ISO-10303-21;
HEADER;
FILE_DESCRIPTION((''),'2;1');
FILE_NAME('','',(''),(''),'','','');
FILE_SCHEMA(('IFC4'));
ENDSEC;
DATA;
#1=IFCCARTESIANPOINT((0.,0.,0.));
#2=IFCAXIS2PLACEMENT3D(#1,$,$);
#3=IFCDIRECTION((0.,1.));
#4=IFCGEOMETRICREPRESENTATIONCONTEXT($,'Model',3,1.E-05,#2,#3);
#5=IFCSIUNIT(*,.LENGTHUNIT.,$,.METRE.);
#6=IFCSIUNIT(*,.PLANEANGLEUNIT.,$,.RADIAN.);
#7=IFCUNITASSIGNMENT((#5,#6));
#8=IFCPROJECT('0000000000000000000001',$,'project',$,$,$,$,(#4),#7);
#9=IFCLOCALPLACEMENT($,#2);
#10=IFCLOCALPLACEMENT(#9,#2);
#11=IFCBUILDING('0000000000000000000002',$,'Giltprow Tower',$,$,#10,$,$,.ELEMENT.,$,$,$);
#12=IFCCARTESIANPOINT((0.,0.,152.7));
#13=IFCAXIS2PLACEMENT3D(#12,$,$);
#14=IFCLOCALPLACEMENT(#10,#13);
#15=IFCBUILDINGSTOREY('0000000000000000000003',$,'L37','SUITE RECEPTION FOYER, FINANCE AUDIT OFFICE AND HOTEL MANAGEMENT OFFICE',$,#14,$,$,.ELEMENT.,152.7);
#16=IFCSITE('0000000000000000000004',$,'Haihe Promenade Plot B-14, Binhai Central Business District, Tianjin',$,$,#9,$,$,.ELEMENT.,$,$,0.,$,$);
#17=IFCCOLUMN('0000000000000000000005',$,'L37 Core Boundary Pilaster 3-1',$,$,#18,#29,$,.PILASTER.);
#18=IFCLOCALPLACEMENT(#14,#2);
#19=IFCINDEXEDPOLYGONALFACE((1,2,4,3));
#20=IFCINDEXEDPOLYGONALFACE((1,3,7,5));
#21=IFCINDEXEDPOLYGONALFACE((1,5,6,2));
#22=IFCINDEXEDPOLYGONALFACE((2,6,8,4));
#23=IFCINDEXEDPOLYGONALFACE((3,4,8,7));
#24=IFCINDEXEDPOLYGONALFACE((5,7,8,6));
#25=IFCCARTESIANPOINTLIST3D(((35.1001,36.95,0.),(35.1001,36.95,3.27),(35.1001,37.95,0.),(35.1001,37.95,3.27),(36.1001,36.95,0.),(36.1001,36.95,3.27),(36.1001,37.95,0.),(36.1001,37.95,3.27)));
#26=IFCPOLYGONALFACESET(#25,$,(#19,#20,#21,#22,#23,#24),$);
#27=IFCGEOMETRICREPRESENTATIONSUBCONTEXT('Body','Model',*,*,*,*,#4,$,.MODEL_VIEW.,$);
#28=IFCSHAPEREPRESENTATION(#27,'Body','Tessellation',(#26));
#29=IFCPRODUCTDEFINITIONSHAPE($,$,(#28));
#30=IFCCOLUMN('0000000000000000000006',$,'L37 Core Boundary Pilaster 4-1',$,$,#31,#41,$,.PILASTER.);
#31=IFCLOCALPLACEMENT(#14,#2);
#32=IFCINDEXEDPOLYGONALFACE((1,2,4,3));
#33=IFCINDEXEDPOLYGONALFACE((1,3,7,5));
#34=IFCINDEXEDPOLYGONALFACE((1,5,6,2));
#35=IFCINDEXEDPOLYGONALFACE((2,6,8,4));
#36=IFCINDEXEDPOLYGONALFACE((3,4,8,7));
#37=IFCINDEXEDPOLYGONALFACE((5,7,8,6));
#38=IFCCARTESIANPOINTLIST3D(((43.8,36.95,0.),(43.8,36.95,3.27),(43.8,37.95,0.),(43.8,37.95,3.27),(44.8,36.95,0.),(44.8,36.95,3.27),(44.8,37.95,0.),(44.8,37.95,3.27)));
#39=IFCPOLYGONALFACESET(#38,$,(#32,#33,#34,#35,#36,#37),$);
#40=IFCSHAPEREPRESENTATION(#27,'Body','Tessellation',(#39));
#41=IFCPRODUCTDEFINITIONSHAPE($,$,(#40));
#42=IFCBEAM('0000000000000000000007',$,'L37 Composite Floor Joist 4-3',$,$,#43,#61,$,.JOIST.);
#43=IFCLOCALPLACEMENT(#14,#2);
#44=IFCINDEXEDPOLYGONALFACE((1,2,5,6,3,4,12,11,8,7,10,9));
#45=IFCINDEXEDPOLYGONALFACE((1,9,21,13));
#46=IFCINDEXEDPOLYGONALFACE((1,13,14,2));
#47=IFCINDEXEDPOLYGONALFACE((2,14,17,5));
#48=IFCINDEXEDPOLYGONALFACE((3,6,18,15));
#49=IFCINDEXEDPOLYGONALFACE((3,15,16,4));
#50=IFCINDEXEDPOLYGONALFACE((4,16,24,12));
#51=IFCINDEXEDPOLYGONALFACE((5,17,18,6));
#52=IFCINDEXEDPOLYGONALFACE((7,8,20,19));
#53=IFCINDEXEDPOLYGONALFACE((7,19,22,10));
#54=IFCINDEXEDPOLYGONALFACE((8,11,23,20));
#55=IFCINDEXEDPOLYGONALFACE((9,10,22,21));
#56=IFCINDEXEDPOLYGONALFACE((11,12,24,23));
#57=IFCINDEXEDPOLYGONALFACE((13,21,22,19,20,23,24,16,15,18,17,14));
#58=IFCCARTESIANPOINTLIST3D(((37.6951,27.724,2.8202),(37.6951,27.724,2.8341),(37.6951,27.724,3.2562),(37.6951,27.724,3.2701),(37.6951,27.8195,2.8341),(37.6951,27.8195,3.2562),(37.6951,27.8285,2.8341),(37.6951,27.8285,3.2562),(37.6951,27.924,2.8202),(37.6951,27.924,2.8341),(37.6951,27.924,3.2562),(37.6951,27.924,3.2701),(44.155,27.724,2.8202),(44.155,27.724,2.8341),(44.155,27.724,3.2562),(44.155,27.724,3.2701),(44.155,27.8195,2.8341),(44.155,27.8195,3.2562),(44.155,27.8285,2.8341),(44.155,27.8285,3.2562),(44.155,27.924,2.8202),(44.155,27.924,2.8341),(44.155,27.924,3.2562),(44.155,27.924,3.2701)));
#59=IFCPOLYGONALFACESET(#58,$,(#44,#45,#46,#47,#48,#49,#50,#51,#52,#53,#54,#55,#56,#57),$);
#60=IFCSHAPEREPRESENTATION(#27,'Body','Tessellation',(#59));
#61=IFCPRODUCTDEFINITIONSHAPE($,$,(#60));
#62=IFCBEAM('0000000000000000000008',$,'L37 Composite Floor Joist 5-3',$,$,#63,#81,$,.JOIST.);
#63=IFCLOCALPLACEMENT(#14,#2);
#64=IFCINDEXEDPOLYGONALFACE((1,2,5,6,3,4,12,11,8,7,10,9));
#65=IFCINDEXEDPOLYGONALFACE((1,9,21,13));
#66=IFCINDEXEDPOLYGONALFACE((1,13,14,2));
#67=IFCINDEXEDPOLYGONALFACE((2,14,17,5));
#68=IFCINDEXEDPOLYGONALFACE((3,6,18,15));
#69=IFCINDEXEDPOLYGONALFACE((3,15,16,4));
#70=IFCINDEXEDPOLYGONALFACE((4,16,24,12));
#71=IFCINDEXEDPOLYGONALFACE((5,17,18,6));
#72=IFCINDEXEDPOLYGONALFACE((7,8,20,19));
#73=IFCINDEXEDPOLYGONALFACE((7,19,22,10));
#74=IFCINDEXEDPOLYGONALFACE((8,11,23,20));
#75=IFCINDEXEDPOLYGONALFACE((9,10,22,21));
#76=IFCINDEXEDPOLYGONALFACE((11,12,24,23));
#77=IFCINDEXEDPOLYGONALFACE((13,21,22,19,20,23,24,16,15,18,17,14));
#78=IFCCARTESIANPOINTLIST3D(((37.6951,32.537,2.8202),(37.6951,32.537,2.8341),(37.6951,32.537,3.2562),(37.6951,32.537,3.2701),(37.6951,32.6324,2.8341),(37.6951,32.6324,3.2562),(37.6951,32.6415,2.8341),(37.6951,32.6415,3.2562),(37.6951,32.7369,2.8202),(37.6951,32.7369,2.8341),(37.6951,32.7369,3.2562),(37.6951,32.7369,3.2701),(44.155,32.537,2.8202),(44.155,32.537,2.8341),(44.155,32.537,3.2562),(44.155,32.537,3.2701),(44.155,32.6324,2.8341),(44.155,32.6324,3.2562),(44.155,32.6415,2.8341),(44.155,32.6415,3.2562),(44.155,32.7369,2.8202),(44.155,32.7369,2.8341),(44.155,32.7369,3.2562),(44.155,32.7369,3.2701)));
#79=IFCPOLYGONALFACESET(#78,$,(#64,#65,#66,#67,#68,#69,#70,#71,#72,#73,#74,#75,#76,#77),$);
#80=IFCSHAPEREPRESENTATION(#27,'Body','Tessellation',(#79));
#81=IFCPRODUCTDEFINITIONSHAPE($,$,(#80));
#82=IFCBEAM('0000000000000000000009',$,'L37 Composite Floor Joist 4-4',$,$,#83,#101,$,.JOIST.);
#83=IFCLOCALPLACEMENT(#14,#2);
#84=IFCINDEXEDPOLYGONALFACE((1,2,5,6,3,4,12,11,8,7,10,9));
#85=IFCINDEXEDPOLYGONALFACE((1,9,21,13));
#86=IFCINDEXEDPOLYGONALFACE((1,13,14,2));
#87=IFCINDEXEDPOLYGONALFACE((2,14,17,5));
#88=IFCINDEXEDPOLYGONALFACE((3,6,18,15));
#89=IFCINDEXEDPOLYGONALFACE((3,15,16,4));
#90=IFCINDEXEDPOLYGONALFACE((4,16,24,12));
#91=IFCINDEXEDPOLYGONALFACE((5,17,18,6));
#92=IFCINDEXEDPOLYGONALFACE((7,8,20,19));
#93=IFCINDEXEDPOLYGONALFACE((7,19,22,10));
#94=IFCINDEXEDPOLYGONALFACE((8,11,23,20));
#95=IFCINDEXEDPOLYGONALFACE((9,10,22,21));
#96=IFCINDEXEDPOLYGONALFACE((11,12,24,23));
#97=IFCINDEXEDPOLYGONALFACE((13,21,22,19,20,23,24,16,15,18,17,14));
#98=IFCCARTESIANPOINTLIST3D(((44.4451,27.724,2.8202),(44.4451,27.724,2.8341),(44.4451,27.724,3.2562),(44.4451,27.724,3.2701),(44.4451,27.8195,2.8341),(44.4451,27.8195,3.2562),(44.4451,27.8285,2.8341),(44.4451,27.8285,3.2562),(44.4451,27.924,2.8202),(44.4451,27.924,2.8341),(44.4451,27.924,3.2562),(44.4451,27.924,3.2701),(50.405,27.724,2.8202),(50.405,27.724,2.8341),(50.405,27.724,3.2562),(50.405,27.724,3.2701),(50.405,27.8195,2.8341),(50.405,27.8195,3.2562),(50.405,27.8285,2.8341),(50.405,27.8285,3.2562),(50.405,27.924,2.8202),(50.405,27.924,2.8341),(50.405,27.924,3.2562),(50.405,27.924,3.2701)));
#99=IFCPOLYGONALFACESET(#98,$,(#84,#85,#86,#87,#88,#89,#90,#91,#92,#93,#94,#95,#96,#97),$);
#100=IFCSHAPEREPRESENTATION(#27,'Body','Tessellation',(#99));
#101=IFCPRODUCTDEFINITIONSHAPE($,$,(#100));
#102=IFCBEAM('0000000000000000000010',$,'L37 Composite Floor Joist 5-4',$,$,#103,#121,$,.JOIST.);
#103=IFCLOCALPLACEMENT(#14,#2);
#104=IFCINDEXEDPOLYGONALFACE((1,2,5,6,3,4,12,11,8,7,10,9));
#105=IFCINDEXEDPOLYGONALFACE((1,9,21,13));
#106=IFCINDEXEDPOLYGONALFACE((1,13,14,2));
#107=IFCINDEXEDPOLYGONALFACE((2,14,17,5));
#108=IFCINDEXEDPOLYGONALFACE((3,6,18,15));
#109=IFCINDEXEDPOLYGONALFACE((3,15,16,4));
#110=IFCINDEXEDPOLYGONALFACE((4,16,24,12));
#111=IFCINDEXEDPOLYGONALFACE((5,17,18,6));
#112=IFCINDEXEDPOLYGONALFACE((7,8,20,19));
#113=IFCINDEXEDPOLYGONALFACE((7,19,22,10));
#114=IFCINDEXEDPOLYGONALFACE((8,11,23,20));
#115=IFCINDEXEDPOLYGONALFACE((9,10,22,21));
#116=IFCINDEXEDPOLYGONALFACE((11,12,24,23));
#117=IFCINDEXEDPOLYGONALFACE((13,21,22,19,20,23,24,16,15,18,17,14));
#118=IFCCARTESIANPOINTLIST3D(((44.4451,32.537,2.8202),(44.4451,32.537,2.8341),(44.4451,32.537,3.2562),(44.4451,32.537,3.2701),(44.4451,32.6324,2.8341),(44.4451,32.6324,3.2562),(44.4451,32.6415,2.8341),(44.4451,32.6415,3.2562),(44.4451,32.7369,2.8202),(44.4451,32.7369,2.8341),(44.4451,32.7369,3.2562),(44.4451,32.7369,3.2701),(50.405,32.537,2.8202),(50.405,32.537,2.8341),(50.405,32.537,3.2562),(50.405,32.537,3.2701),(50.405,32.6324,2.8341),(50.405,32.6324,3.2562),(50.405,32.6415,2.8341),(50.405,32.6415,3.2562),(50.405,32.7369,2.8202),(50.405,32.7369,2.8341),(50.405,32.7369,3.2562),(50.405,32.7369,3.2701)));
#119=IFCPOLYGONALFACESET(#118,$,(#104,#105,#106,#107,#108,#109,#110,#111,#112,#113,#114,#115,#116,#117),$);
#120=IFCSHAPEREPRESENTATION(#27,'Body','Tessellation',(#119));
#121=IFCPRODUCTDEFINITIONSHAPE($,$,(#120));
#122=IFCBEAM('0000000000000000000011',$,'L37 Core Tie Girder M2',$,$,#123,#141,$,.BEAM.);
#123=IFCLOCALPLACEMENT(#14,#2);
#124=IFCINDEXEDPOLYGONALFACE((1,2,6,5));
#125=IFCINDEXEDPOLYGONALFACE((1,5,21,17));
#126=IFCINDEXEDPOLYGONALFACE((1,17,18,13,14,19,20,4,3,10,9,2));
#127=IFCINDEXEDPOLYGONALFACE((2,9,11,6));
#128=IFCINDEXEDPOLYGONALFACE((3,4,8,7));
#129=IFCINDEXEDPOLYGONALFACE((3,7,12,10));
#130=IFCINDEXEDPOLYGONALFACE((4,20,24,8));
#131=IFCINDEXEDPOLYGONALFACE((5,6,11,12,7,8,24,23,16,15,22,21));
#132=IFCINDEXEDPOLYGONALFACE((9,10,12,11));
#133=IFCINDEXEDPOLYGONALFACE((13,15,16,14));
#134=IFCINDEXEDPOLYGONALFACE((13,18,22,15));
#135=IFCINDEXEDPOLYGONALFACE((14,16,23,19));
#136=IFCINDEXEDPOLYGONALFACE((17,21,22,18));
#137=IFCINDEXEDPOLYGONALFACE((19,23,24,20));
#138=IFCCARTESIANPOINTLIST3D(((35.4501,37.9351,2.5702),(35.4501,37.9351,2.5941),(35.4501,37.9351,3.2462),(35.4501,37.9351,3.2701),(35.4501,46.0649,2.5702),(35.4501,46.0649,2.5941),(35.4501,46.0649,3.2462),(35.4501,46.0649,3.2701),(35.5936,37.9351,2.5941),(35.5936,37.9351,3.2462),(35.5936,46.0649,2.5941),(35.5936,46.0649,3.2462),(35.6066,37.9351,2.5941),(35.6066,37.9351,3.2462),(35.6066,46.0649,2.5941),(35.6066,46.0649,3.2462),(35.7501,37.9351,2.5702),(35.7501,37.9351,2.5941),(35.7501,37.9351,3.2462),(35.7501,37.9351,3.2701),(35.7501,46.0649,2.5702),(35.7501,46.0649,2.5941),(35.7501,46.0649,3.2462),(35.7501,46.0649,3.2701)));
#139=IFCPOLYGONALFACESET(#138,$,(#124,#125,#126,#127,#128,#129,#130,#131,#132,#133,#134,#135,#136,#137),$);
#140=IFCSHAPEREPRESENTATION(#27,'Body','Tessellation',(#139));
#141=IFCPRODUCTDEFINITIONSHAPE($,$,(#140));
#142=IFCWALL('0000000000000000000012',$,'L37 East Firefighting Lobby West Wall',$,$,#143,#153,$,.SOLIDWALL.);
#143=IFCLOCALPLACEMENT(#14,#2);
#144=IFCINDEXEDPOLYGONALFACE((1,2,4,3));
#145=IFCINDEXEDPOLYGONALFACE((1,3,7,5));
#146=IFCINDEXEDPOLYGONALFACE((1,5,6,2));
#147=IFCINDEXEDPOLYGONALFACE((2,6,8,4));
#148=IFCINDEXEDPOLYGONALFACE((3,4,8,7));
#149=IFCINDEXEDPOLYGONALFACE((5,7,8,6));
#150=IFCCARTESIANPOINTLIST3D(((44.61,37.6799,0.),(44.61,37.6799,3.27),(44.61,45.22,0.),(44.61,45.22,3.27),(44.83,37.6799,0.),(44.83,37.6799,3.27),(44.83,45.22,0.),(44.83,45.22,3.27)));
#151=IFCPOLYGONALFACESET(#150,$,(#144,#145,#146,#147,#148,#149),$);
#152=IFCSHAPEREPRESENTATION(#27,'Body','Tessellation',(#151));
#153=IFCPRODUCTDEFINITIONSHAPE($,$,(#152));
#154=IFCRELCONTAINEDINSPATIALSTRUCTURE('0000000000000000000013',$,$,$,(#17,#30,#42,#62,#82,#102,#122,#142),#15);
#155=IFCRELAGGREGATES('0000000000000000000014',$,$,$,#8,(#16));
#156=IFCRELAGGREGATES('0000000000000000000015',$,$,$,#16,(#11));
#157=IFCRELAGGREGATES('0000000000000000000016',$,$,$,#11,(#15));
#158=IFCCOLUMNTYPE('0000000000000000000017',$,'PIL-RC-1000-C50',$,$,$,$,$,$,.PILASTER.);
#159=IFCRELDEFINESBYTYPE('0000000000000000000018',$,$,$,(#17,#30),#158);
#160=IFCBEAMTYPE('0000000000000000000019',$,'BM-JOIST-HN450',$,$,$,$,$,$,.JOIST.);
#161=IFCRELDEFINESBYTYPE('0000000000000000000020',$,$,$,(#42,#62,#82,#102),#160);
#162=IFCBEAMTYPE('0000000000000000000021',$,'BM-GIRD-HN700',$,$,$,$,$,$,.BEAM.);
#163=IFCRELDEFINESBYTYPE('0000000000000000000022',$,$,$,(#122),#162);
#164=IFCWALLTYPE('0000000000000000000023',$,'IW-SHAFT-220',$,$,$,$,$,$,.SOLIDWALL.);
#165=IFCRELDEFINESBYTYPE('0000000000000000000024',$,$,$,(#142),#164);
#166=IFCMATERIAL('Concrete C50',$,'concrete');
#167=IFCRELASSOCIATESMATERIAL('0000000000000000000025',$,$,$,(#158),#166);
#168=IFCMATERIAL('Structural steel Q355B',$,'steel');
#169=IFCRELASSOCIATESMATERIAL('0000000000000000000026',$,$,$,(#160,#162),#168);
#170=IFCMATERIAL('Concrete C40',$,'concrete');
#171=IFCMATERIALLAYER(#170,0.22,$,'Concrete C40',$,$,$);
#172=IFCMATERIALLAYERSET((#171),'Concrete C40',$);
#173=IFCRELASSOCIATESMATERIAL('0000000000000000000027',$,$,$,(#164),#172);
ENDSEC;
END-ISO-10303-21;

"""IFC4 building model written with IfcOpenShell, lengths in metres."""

from ifc_helpers import new_model, si_unit, direction, frame, frame_2d, origin, origin_2d, place, context, subcontext, project, spatial, rectangle, i_section, extrude, source, transform, mapped, material, layer, layer_set, material_profile, profile_set, type_object, element, save


model = new_model("IFC4")

# Units and contexts
model_context = context("Model", 3, precision=1e-05, world=origin(), true_north=direction((0.0, 1.0)))
body_context = subcontext(model_context, "Body", "Model", "MODEL_VIEW")
ifc_project = project(units=[si_unit("LENGTHUNIT", "METRE"), si_unit("PLANEANGLEUNIT", "RADIAN")], contexts=[model_context])

# Site, building, storey
site_placement = place(None, origin())
site = spatial("IfcSite", under=ifc_project, at=site_placement, Name="Haihe Promenade Plot B-14, Binhai Central Business District, Tianjin", CompositionType="ELEMENT", RefElevation=0.0)
building_placement = place(site_placement, origin())
building = spatial("IfcBuilding", under=site, at=building_placement, Name="Giltprow Tower", CompositionType="ELEMENT")
storey_placement = place(building_placement, frame((0.0, 0.0, 152.7)))
storey = spatial("IfcBuildingStorey", under=building, at=storey_placement, Name="L37", Description="SUITE RECEPTION FOYER, FINANCE AUDIT OFFICE AND HOTEL MANAGEMENT OFFICE", CompositionType="ELEMENT", Elevation=152.7)

# Columns
ifc_material_1 = material(Name="Concrete C50", Category="concrete")
ifc_material_profile_1 = material_profile(ifc_material_1, rectangle(XDim=1.0, YDim=1.0, at=origin_2d()), Name="RC 1000x1000")
ifc_profile_set_1 = profile_set([ifc_material_profile_1], Name="Concrete C50")
column_type = type_object("IfcColumnType", Name="PIL-RC-1000-C50", PredefinedType="PILASTER", material=ifc_profile_set_1)
shared_shape_1 = source(origin(), body_context, "Body", "SweptSolid", [
    extrude(rectangle(XDim=1.0, YDim=1.0, at=origin_2d()), origin(), (0.0, 0.0, 1.0), 3.27),
])
for number, where, z_axis, x_axis, name in (
    (1, (35.6001, 37.45, 0.0), (0.0, 0.0, 1.0), (1.0, 0.0, 0.0), "L37 Core Boundary Pilaster 3-1"),
    (2, (44.3, 37.45, 0.0), (0.0, 0.0, 1.0), (1.0, 0.0, 0.0), "L37 Core Boundary Pilaster 4-1"),
):
    element("IfcColumn", number, at=place(storey_placement, frame(where, z_axis=z_axis, x_axis=x_axis)), inside=storey, type_object=column_type, Name=name, PredefinedType="PILASTER", context=body_context, shape_type="MappedRepresentation", body=[
        mapped(shared_shape_1, transform((0.0, 0.0, 0.0), x_axis=(1.0, 0.0, 0.0), y_axis=(0.0, 1.0, 0.0), z_axis=(0.0, 0.0, 1.0), scale=1.0)),
    ])

# Beams
ifc_material_2 = material(Name="Structural steel Q355B", Category="steel")
ifc_material_profile_2 = material_profile(ifc_material_2, i_section(OverallWidth=0.2, OverallDepth=0.45, WebThickness=0.009, FlangeThickness=0.0139, at=origin_2d()), Name="HN 450x200x9x14")
ifc_profile_set_2 = profile_set([ifc_material_profile_2], Name="Structural steel Q355B")
beam_type_1 = type_object("IfcBeamType", Name="BM-JOIST-HN450", PredefinedType="JOIST", material=ifc_profile_set_2)
shared_shape_2 = source(origin(), body_context, "Body", "SweptSolid", [
    extrude(i_section(OverallWidth=0.2, OverallDepth=0.45, WebThickness=0.009, FlangeThickness=0.0139, at=origin_2d()), origin(), (0.0, 0.0, 1.0), 6.46),
])
for number, where, z_axis, x_axis, name in (
    (3, (37.6951, 27.824, 3.0452), (1.0, 0.0, 0.0), (0.0, 1.0, 0.0), "L37 Composite Floor Joist 4-3"),
    (4, (37.6951, 32.637, 3.0452), (1.0, 0.0, 0.0), (0.0, 1.0, 0.0), "L37 Composite Floor Joist 5-3"),
):
    element("IfcBeam", number, at=place(storey_placement, frame(where, z_axis=z_axis, x_axis=x_axis)), inside=storey, type_object=beam_type_1, Name=name, PredefinedType="JOIST", context=body_context, shape_type="MappedRepresentation", body=[
        mapped(shared_shape_2, transform((0.0, 0.0, 0.0), x_axis=(1.0, 0.0, 0.0), y_axis=(0.0, 1.0, 0.0), z_axis=(0.0, 0.0, 1.0), scale=1.0)),
    ])
shared_shape_3 = source(origin(), body_context, "Body", "SweptSolid", [
    extrude(i_section(OverallWidth=0.2, OverallDepth=0.45, WebThickness=0.009, FlangeThickness=0.0139, at=origin_2d()), origin(), (0.0, 0.0, 1.0), 5.96),
])
for number, where, z_axis, x_axis, name in (
    (5, (44.4451, 27.824, 3.0452), (1.0, 0.0, 0.0), (0.0, 1.0, 0.0), "L37 Composite Floor Joist 4-4"),
    (6, (44.4451, 32.637, 3.0452), (1.0, 0.0, 0.0), (0.0, 1.0, 0.0), "L37 Composite Floor Joist 5-4"),
):
    element("IfcBeam", number, at=place(storey_placement, frame(where, z_axis=z_axis, x_axis=x_axis)), inside=storey, type_object=beam_type_1, Name=name, PredefinedType="JOIST", context=body_context, shape_type="MappedRepresentation", body=[
        mapped(shared_shape_3, transform((0.0, 0.0, 0.0), x_axis=(1.0, 0.0, 0.0), y_axis=(0.0, 1.0, 0.0), z_axis=(0.0, 0.0, 1.0), scale=1.0)),
    ])
ifc_material_profile_3 = material_profile(ifc_material_2, i_section(OverallWidth=0.3, OverallDepth=0.7, WebThickness=0.0129, FlangeThickness=0.0239, at=origin_2d()), Name="HN 700x300x13x24")
ifc_profile_set_3 = profile_set([ifc_material_profile_3], Name="Structural steel Q355B")
beam_type_2 = type_object("IfcBeamType", Name="BM-GIRD-HN700", PredefinedType="BEAM", material=ifc_profile_set_3)
shared_shape_4 = source(origin(), body_context, "Body", "SweptSolid", [
    extrude(i_section(OverallWidth=0.3, OverallDepth=0.7, WebThickness=0.0129, FlangeThickness=0.0239, at=origin_2d()), origin(), (0.0, 0.0, 1.0), 8.1299),
])
beam_placement = place(storey_placement, frame((35.6001, 37.9351, 2.9202), z_axis=(0.0, 1.0, 0.0), x_axis=(-1.0, 0.0, 0.0)))
element("IfcBeam", 7, at=beam_placement, inside=storey, type_object=beam_type_2, Name="L37 Core Tie Girder M2", PredefinedType="BEAM", context=body_context, shape_type="MappedRepresentation", body=[
    mapped(shared_shape_4, transform((0.0, 0.0, 0.0), x_axis=(1.0, 0.0, 0.0), y_axis=(0.0, 1.0, 0.0), z_axis=(0.0, 0.0, 1.0), scale=1.0)),
])

# Wall
ifc_material_3 = material(Name="Concrete C40", Category="concrete")
ifc_layer_1 = layer(ifc_material_3, 0.22, Name="Concrete C40")
ifc_layer_set_1 = layer_set([ifc_layer_1], Name="Concrete C40")
wall_type_1 = type_object("IfcWallType", Name="IW-SHAFT-220", PredefinedType="SOLIDWALL", material=ifc_layer_set_1)
wall_1_placement = place(storey_placement, frame((44.72, 37.6799, 0.0), z_axis=(0.0, 0.0, 1.0), x_axis=(0.0, 1.0, 0.0)))
element("IfcWall", 8, at=wall_1_placement, inside=storey, type_object=wall_type_1, Name="L37 East Firefighting Lobby West Wall", PredefinedType="SOLIDWALL", context=body_context, shape_type="SweptSolid", body=[
    extrude(rectangle(XDim=7.54, YDim=0.22, at=frame_2d((3.77, 0.0))), origin(), (0.0, 0.0, 1.0), 3.27),
])

save(model, "model.ifc")
